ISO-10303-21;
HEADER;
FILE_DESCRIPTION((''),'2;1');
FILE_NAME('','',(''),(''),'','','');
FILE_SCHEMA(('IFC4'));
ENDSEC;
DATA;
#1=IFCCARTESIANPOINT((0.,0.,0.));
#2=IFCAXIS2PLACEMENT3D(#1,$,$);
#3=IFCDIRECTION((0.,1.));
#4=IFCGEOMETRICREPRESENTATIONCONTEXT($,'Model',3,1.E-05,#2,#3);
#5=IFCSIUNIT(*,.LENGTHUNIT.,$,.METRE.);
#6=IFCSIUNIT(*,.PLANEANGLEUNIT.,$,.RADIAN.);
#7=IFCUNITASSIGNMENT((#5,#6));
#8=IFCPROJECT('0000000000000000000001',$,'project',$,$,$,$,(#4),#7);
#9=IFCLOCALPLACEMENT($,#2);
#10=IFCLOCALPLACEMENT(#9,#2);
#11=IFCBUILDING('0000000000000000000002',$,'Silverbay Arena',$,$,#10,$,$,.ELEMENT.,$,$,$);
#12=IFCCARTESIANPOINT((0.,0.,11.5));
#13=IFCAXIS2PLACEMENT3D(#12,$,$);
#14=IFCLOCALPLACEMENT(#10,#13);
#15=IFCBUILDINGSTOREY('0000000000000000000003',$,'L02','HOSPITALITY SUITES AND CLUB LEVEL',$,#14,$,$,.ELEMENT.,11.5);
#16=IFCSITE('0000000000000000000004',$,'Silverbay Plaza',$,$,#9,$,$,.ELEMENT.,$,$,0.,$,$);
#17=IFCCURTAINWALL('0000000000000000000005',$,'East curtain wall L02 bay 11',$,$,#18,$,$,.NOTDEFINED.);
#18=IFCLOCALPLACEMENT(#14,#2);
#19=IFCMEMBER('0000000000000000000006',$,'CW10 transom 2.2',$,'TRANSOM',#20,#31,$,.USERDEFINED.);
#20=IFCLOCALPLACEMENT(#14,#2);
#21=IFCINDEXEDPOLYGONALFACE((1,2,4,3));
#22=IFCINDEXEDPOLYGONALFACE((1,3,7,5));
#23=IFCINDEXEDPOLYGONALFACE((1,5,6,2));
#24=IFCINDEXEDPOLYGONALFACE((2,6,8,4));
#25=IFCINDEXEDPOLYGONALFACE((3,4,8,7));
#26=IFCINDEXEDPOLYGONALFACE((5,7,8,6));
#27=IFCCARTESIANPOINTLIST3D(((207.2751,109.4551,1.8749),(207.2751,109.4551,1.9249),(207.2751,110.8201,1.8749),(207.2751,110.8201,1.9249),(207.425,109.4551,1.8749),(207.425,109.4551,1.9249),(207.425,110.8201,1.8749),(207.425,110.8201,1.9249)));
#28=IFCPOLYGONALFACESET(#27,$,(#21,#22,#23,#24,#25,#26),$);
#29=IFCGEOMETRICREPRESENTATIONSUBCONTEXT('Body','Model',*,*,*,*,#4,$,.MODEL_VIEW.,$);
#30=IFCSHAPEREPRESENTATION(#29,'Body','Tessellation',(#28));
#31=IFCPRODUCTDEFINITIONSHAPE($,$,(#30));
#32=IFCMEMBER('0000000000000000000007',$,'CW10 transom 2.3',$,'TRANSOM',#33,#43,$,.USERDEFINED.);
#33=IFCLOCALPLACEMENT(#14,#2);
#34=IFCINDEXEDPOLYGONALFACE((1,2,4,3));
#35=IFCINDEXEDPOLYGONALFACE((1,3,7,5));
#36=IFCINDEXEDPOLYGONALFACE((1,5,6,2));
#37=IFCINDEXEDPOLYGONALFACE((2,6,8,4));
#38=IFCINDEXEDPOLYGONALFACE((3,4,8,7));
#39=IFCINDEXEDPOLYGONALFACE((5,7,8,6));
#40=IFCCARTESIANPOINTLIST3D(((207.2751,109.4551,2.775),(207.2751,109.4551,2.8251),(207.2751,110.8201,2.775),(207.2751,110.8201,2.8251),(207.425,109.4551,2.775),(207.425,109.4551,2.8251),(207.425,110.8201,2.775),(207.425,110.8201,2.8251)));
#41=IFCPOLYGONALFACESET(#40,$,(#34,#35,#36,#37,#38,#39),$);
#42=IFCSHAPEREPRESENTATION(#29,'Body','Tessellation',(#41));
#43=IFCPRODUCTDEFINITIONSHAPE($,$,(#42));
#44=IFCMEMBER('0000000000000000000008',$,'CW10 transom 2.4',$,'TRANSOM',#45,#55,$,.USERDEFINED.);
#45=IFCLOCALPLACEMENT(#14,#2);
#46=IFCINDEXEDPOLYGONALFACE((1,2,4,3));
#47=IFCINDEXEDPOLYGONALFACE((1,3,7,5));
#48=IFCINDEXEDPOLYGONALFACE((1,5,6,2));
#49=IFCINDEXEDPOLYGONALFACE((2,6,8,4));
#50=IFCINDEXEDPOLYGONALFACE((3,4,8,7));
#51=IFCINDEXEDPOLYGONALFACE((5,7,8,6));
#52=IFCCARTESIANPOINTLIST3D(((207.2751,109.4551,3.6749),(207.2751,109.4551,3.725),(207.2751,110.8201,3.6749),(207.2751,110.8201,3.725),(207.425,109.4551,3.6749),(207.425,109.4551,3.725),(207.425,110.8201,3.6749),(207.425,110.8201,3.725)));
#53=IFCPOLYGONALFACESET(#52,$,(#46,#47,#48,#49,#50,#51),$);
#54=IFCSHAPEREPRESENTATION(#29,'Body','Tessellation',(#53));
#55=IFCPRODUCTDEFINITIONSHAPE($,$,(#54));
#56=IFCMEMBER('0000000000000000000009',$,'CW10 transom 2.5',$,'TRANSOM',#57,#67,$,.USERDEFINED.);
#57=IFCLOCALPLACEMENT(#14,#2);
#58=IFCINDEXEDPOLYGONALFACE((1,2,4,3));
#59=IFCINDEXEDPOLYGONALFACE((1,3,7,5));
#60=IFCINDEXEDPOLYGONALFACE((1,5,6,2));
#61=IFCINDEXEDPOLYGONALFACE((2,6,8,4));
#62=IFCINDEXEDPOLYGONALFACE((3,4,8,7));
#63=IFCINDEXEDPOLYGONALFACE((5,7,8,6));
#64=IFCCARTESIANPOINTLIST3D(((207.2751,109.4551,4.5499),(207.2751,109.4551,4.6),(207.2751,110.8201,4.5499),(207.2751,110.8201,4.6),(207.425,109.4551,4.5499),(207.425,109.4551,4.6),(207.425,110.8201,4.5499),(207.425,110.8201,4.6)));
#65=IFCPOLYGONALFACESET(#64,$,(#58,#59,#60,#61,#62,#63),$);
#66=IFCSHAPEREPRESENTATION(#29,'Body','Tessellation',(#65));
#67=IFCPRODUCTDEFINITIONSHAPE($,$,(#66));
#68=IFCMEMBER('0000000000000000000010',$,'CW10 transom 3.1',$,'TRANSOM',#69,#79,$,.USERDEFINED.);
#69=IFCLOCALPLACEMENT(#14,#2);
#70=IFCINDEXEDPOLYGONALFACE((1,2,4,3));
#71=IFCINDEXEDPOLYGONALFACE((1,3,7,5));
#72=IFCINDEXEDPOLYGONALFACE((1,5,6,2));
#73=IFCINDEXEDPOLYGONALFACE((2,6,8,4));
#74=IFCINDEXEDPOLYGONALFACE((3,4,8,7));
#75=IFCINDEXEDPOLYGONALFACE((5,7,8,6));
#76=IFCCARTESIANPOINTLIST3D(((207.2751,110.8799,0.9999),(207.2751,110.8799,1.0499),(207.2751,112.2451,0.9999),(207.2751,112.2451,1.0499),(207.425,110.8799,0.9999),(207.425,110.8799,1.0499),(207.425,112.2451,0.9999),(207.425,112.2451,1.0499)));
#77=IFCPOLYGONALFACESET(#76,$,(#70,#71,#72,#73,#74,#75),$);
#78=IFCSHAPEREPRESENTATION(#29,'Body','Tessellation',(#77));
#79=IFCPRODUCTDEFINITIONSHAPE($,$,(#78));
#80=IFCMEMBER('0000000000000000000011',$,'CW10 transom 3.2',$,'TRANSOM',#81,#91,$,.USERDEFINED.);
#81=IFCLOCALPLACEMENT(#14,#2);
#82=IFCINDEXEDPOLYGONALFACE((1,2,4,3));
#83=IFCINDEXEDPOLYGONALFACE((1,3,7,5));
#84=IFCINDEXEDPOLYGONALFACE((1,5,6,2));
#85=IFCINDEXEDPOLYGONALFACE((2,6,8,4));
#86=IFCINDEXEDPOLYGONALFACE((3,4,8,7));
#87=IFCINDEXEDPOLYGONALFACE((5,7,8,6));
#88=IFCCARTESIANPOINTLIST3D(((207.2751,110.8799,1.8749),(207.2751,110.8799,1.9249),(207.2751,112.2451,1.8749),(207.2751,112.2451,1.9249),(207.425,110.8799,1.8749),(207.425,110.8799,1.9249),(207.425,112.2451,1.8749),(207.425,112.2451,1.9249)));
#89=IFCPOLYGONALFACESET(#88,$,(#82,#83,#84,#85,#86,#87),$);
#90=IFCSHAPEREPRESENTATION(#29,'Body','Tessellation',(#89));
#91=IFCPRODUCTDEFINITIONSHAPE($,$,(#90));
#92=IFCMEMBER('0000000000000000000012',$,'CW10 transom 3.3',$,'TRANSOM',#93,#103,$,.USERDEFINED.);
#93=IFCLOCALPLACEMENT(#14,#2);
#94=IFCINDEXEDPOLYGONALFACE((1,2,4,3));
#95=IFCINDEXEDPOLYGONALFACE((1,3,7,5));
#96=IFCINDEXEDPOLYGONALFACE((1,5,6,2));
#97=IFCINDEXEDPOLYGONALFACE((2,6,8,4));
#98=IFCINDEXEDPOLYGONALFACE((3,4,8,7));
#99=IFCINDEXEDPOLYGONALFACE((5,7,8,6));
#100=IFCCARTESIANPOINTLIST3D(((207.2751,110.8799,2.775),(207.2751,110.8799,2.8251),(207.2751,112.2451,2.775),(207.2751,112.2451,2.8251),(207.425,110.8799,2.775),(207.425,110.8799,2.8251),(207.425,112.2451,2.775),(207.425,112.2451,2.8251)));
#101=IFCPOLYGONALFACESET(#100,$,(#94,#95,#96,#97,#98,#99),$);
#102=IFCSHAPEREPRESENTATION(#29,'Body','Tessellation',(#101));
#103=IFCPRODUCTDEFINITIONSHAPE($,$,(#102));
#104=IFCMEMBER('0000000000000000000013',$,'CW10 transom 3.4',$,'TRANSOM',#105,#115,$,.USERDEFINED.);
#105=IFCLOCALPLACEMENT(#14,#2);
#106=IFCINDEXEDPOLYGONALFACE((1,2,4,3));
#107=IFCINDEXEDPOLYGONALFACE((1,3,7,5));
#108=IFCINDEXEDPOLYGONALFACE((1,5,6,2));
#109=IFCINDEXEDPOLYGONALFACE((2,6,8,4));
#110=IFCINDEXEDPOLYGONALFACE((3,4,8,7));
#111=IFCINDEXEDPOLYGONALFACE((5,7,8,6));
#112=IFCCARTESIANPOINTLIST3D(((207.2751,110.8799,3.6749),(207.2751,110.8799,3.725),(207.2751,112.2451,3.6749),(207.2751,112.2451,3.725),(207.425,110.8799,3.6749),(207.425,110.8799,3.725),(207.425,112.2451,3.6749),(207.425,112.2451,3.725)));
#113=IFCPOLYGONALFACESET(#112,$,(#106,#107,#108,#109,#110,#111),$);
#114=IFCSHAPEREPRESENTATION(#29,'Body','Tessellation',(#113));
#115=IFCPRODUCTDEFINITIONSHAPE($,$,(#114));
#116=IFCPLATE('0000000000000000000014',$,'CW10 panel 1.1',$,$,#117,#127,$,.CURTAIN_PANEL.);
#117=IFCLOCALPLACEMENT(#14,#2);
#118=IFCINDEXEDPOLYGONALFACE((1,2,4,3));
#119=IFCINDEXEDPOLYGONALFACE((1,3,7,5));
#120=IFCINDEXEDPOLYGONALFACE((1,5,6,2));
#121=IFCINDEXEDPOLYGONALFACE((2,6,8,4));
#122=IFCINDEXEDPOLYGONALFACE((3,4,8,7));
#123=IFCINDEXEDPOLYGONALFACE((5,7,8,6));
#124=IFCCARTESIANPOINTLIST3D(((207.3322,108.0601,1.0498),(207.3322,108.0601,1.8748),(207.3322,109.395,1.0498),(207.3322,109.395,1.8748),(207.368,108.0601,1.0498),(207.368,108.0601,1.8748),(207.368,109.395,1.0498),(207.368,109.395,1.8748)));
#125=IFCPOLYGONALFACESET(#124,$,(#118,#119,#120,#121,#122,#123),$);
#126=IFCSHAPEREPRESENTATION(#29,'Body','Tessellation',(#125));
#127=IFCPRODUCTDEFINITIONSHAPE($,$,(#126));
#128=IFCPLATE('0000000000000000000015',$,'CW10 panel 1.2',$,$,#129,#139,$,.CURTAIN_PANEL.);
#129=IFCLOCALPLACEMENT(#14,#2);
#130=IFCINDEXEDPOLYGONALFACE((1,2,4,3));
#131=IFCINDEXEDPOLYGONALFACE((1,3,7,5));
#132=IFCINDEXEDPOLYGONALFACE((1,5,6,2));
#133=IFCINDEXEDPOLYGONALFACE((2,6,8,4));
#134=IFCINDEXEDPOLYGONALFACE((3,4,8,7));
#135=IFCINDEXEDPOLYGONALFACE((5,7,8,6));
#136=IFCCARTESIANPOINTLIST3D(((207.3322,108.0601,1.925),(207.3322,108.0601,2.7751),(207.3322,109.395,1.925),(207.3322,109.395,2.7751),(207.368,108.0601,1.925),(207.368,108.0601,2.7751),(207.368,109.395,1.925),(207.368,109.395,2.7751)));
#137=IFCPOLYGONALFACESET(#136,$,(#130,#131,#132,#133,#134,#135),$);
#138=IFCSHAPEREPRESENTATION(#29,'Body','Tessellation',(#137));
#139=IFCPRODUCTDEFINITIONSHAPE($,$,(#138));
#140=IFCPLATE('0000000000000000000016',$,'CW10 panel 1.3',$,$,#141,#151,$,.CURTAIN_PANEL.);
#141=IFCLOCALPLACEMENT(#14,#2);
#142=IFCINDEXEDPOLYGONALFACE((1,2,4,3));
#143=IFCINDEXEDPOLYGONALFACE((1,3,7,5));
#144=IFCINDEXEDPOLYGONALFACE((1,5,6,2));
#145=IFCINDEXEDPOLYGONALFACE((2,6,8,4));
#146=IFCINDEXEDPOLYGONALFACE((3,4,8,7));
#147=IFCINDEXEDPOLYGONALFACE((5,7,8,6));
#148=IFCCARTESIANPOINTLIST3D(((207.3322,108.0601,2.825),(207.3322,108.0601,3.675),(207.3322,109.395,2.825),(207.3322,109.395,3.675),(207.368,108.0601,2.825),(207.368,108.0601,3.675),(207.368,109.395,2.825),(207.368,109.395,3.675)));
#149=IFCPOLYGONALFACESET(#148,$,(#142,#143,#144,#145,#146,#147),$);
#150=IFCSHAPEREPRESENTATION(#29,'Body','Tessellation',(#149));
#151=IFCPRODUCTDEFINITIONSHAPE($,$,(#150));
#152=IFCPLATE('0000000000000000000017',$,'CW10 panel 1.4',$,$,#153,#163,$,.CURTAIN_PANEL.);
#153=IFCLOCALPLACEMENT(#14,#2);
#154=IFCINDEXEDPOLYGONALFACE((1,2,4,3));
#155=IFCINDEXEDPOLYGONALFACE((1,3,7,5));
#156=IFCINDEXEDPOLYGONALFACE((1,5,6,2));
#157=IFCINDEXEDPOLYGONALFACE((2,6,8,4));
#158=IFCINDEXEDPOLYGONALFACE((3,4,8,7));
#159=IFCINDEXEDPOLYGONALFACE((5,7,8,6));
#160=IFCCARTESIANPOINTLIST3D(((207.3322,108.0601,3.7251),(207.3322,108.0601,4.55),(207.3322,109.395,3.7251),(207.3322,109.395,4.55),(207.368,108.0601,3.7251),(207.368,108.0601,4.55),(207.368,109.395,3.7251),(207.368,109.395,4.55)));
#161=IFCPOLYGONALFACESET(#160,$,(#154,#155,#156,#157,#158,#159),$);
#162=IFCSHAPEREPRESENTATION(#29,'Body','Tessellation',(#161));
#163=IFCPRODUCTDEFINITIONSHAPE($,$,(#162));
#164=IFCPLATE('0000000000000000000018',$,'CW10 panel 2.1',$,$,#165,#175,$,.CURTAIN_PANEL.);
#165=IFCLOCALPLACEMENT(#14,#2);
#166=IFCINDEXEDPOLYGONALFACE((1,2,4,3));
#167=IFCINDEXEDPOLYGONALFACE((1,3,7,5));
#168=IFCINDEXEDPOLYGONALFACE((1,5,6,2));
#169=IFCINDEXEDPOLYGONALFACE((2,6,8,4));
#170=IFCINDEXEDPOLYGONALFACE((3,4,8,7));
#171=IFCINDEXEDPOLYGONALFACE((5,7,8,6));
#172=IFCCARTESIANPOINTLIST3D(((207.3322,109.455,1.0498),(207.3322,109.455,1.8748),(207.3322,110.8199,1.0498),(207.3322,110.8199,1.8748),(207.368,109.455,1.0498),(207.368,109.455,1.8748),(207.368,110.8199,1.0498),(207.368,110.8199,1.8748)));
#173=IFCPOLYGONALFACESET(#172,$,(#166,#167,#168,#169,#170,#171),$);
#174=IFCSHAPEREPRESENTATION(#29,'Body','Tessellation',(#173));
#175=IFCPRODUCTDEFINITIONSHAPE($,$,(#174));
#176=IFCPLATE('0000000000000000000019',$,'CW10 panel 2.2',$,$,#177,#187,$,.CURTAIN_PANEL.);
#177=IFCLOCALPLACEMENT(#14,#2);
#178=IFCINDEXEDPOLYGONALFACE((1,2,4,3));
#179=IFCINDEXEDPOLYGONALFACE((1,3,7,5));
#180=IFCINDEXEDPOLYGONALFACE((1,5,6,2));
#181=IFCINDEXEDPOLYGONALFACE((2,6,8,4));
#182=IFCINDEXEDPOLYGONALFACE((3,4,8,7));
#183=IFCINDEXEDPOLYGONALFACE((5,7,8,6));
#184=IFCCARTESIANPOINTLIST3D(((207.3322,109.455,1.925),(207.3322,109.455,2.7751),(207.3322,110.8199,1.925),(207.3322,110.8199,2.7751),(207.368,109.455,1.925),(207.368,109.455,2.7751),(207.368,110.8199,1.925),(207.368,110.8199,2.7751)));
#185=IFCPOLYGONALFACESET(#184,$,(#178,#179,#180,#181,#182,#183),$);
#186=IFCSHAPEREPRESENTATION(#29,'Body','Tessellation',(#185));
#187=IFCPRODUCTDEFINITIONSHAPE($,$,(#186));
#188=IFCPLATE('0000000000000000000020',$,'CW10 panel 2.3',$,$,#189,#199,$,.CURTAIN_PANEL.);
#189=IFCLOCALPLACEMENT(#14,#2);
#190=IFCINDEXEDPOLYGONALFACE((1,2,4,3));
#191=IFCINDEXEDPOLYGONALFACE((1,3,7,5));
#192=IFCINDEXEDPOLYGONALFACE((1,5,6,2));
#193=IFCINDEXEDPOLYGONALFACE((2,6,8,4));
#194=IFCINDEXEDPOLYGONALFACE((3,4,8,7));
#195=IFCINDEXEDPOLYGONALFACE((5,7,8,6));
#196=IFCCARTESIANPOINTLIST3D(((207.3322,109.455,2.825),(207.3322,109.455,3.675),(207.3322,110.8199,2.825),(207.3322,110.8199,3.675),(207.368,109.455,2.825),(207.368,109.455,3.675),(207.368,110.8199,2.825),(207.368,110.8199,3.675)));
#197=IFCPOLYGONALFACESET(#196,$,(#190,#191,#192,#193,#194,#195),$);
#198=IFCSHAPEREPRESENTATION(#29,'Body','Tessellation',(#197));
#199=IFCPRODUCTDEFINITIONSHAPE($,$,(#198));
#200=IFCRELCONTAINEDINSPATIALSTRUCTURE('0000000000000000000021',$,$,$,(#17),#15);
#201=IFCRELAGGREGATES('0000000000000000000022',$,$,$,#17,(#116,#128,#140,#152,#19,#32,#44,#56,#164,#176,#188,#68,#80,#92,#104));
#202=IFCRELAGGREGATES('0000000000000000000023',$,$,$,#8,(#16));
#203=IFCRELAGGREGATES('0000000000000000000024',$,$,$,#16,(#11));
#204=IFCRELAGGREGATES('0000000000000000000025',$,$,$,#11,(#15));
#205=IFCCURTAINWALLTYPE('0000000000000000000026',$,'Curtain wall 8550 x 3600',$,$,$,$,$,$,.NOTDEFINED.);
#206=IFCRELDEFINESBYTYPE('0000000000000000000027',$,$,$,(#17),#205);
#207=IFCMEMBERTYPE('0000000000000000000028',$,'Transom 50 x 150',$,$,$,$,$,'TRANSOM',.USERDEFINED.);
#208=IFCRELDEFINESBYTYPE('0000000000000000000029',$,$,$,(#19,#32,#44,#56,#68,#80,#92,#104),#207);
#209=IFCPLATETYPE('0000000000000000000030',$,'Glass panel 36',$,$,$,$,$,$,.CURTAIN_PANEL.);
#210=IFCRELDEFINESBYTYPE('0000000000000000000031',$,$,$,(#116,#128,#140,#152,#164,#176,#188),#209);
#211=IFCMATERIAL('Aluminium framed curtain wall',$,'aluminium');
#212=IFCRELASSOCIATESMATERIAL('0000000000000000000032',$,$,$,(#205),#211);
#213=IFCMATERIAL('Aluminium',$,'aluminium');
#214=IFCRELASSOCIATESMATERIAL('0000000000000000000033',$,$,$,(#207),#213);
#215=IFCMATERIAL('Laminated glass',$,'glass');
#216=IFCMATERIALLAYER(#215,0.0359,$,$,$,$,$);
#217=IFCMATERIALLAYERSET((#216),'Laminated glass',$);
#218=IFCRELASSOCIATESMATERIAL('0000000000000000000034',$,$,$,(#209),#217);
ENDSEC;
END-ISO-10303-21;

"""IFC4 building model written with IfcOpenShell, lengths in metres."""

from ifc_helpers import new_model, si_unit, direction, frame, origin, origin_2d, place, context, subcontext, project, spatial, rectangle, extrude, material, layer, layer_set, material_profile, profile_set, type_object, element, aggregate, save


model = new_model("IFC4")

# Units and contexts
model_context = context("Model", 3, precision=1e-05, world=origin(), true_north=direction((0.0, 1.0)))
body_context = subcontext(model_context, "Body", "Model", "MODEL_VIEW")
ifc_project = project(units=[si_unit("LENGTHUNIT", "METRE"), si_unit("PLANEANGLEUNIT", "RADIAN")], contexts=[model_context])

# Site, building, storey
site_placement = place(None, origin())
site = spatial("IfcSite", under=ifc_project, at=site_placement, Name="Silverbay Plaza", CompositionType="ELEMENT", RefElevation=0.0)
building_placement = place(site_placement, origin())
building = spatial("IfcBuilding", under=site, at=building_placement, Name="Silverbay Arena", CompositionType="ELEMENT")
storey_placement = place(building_placement, frame((0.0, 0.0, 11.5)))
storey = spatial("IfcBuildingStorey", under=building, at=storey_placement, Name="L02", Description="HOSPITALITY SUITES AND CLUB LEVEL", CompositionType="ELEMENT", Elevation=11.5)

# Curtain wall
ifc_material_1 = material(Name="Aluminium framed curtain wall", Category="aluminium")
curtain_wall_type = type_object("IfcCurtainWallType", Name="Curtain wall 8550 x 3600", PredefinedType="NOTDEFINED", material=ifc_material_1)
curtain_wall_placement = place(storey_placement, origin())
curtain_wall = element("IfcCurtainWall", 1, at=curtain_wall_placement, inside=storey, type_object=curtain_wall_type, Name="East curtain wall L02 bay 11", PredefinedType="NOTDEFINED")

# Members
ifc_material_2 = material(Name="Aluminium", Category="aluminium")
ifc_material_profile_1 = material_profile(ifc_material_2, rectangle(XDim=0.1499, YDim=0.05, at=origin_2d()), Name="Transom 50 x 150")
ifc_profile_set_1 = profile_set([ifc_material_profile_1], Name="Aluminium")
member_type_1 = type_object("IfcMemberType", Name="Transom 50 x 150", ElementType="TRANSOM", PredefinedType="USERDEFINED", material=ifc_profile_set_1)
member_1_placement = place(storey_placement, frame((207.3501, 109.4551, 1.8999), z_axis=(0.0, 1.0, 0.0), x_axis=(-1.0, 0.0, 0.0)))
member_1 = element("IfcMember", 2, at=member_1_placement, type_object=member_type_1, Name="CW10 transom 2.2", ObjectType="TRANSOM", PredefinedType="USERDEFINED", context=body_context, shape_type="SweptSolid", body=[
    extrude(rectangle(XDim=0.1499, YDim=0.05, at=origin_2d()), origin(), (0.0, 0.0, 1.0), 1.365),
])
member_2_placement = place(storey_placement, frame((207.3501, 109.4551, 2.8), z_axis=(0.0, 1.0, 0.0), x_axis=(-1.0, 0.0, 0.0)))
member_2 = element("IfcMember", 3, at=member_2_placement, type_object=member_type_1, Name="CW10 transom 2.3", ObjectType="TRANSOM", PredefinedType="USERDEFINED", context=body_context, shape_type="SweptSolid", body=[
    extrude(rectangle(XDim=0.1499, YDim=0.05, at=origin_2d()), origin(), (0.0, 0.0, 1.0), 1.365),
])
member_3_placement = place(storey_placement, frame((207.3501, 109.4551, 3.7), z_axis=(0.0, 1.0, 0.0), x_axis=(-1.0, 0.0, 0.0)))
member_3 = element("IfcMember", 4, at=member_3_placement, type_object=member_type_1, Name="CW10 transom 2.4", ObjectType="TRANSOM", PredefinedType="USERDEFINED", context=body_context, shape_type="SweptSolid", body=[
    extrude(rectangle(XDim=0.1499, YDim=0.05, at=origin_2d()), origin(), (0.0, 0.0, 1.0), 1.365),
])
member_4_placement = place(storey_placement, frame((207.3501, 109.4551, 4.575), z_axis=(0.0, 1.0, 0.0), x_axis=(-1.0, 0.0, 0.0)))
member_4 = element("IfcMember", 5, at=member_4_placement, type_object=member_type_1, Name="CW10 transom 2.5", ObjectType="TRANSOM", PredefinedType="USERDEFINED", context=body_context, shape_type="SweptSolid", body=[
    extrude(rectangle(XDim=0.1499, YDim=0.05, at=origin_2d()), origin(), (0.0, 0.0, 1.0), 1.365),
])
member_5_placement = place(storey_placement, frame((207.3501, 110.8799, 1.0249), z_axis=(0.0, 1.0, 0.0), x_axis=(-1.0, 0.0, 0.0)))
member_5 = element("IfcMember", 6, at=member_5_placement, type_object=member_type_1, Name="CW10 transom 3.1", ObjectType="TRANSOM", PredefinedType="USERDEFINED", context=body_context, shape_type="SweptSolid", body=[
    extrude(rectangle(XDim=0.1499, YDim=0.05, at=origin_2d()), origin(), (0.0, 0.0, 1.0), 1.3652),
])
member_6_placement = place(storey_placement, frame((207.3501, 110.8799, 1.8999), z_axis=(0.0, 1.0, 0.0), x_axis=(-1.0, 0.0, 0.0)))
member_6 = element("IfcMember", 7, at=member_6_placement, type_object=member_type_1, Name="CW10 transom 3.2", ObjectType="TRANSOM", PredefinedType="USERDEFINED", context=body_context, shape_type="SweptSolid", body=[
    extrude(rectangle(XDim=0.1499, YDim=0.05, at=origin_2d()), origin(), (0.0, 0.0, 1.0), 1.3652),
])
member_7_placement = place(storey_placement, frame((207.3501, 110.8799, 2.8), z_axis=(0.0, 1.0, 0.0), x_axis=(-1.0, 0.0, 0.0)))
member_7 = element("IfcMember", 8, at=member_7_placement, type_object=member_type_1, Name="CW10 transom 3.3", ObjectType="TRANSOM", PredefinedType="USERDEFINED", context=body_context, shape_type="SweptSolid", body=[
    extrude(rectangle(XDim=0.1499, YDim=0.05, at=origin_2d()), origin(), (0.0, 0.0, 1.0), 1.3652),
])
member_8_placement = place(storey_placement, frame((207.3501, 110.8799, 3.7), z_axis=(0.0, 1.0, 0.0), x_axis=(-1.0, 0.0, 0.0)))
member_8 = element("IfcMember", 9, at=member_8_placement, type_object=member_type_1, Name="CW10 transom 3.4", ObjectType="TRANSOM", PredefinedType="USERDEFINED", context=body_context, shape_type="SweptSolid", body=[
    extrude(rectangle(XDim=0.1499, YDim=0.05, at=origin_2d()), origin(), (0.0, 0.0, 1.0), 1.3652),
])

# Plates
ifc_material_3 = material(Name="Laminated glass", Category="glass")
ifc_layer_1 = layer(ifc_material_3, 0.0359)
ifc_layer_set_1 = layer_set([ifc_layer_1], Name="Laminated glass")
plate_type = type_object("IfcPlateType", Name="Glass panel 36", PredefinedType="CURTAIN_PANEL", material=ifc_layer_set_1)
plate_1_placement = place(storey_placement, frame((207.3501, 108.7275, 1.0498), z_axis=(0.0, 0.0, 1.0), x_axis=(0.0, 1.0, 0.0)))
plate_1 = element("IfcPlate", 10, at=plate_1_placement, type_object=plate_type, Name="CW10 panel 1.1", PredefinedType="CURTAIN_PANEL", context=body_context, shape_type="SweptSolid", body=[
    extrude(rectangle(XDim=1.335, YDim=0.0359, at=origin_2d()), origin(), (0.0, 0.0, 1.0), 0.825),
])
plate_2_placement = place(storey_placement, frame((207.3501, 108.7275, 1.925), z_axis=(0.0, 0.0, 1.0), x_axis=(0.0, 1.0, 0.0)))
plate_2 = element("IfcPlate", 11, at=plate_2_placement, type_object=plate_type, Name="CW10 panel 1.2", PredefinedType="CURTAIN_PANEL", context=body_context, shape_type="SweptSolid", body=[
    extrude(rectangle(XDim=1.335, YDim=0.0359, at=origin_2d()), origin(), (0.0, 0.0, 1.0), 0.8501),
])
plate_3_placement = place(storey_placement, frame((207.3501, 108.7275, 2.825), z_axis=(0.0, 0.0, 1.0), x_axis=(0.0, 1.0, 0.0)))
plate_3 = element("IfcPlate", 12, at=plate_3_placement, type_object=plate_type, Name="CW10 panel 1.3", PredefinedType="CURTAIN_PANEL", context=body_context, shape_type="SweptSolid", body=[
    extrude(rectangle(XDim=1.335, YDim=0.0359, at=origin_2d()), origin(), (0.0, 0.0, 1.0), 0.8501),
])
plate_4_placement = place(storey_placement, frame((207.3501, 108.7275, 3.7251), z_axis=(0.0, 0.0, 1.0), x_axis=(0.0, 1.0, 0.0)))
plate_4 = element("IfcPlate", 13, at=plate_4_placement, type_object=plate_type, Name="CW10 panel 1.4", PredefinedType="CURTAIN_PANEL", context=body_context, shape_type="SweptSolid", body=[
    extrude(rectangle(XDim=1.335, YDim=0.0359, at=origin_2d()), origin(), (0.0, 0.0, 1.0), 0.825),
])
plate_5_placement = place(storey_placement, frame((207.3501, 110.1375, 1.0498), z_axis=(0.0, 0.0, 1.0), x_axis=(0.0, 1.0, 0.0)))
plate_5 = element("IfcPlate", 14, at=plate_5_placement, type_object=plate_type, Name="CW10 panel 2.1", PredefinedType="CURTAIN_PANEL", context=body_context, shape_type="SweptSolid", body=[
    extrude(rectangle(XDim=1.365, YDim=0.0359, at=origin_2d()), origin(), (0.0, 0.0, 1.0), 0.825),
])
plate_6_placement = place(storey_placement, frame((207.3501, 110.1375, 1.925), z_axis=(0.0, 0.0, 1.0), x_axis=(0.0, 1.0, 0.0)))
plate_6 = element("IfcPlate", 15, at=plate_6_placement, type_object=plate_type, Name="CW10 panel 2.2", PredefinedType="CURTAIN_PANEL", context=body_context, shape_type="SweptSolid", body=[
    extrude(rectangle(XDim=1.365, YDim=0.0359, at=origin_2d()), origin(), (0.0, 0.0, 1.0), 0.8501),
])
plate_7_placement = place(storey_placement, frame((207.3501, 110.1375, 2.825), z_axis=(0.0, 0.0, 1.0), x_axis=(0.0, 1.0, 0.0)))
plate_7 = element("IfcPlate", 16, at=plate_7_placement, type_object=plate_type, Name="CW10 panel 2.3", PredefinedType="CURTAIN_PANEL", context=body_context, shape_type="SweptSolid", body=[
    extrude(rectangle(XDim=1.365, YDim=0.0359, at=origin_2d()), origin(), (0.0, 0.0, 1.0), 0.8501),
])
aggregate(curtain_wall, [plate_1, plate_2, plate_3, plate_4, member_1, member_2, member_3, member_4, plate_5, plate_6, plate_7, member_5, member_6, member_7, member_8])

save(model, "model.ifc")
